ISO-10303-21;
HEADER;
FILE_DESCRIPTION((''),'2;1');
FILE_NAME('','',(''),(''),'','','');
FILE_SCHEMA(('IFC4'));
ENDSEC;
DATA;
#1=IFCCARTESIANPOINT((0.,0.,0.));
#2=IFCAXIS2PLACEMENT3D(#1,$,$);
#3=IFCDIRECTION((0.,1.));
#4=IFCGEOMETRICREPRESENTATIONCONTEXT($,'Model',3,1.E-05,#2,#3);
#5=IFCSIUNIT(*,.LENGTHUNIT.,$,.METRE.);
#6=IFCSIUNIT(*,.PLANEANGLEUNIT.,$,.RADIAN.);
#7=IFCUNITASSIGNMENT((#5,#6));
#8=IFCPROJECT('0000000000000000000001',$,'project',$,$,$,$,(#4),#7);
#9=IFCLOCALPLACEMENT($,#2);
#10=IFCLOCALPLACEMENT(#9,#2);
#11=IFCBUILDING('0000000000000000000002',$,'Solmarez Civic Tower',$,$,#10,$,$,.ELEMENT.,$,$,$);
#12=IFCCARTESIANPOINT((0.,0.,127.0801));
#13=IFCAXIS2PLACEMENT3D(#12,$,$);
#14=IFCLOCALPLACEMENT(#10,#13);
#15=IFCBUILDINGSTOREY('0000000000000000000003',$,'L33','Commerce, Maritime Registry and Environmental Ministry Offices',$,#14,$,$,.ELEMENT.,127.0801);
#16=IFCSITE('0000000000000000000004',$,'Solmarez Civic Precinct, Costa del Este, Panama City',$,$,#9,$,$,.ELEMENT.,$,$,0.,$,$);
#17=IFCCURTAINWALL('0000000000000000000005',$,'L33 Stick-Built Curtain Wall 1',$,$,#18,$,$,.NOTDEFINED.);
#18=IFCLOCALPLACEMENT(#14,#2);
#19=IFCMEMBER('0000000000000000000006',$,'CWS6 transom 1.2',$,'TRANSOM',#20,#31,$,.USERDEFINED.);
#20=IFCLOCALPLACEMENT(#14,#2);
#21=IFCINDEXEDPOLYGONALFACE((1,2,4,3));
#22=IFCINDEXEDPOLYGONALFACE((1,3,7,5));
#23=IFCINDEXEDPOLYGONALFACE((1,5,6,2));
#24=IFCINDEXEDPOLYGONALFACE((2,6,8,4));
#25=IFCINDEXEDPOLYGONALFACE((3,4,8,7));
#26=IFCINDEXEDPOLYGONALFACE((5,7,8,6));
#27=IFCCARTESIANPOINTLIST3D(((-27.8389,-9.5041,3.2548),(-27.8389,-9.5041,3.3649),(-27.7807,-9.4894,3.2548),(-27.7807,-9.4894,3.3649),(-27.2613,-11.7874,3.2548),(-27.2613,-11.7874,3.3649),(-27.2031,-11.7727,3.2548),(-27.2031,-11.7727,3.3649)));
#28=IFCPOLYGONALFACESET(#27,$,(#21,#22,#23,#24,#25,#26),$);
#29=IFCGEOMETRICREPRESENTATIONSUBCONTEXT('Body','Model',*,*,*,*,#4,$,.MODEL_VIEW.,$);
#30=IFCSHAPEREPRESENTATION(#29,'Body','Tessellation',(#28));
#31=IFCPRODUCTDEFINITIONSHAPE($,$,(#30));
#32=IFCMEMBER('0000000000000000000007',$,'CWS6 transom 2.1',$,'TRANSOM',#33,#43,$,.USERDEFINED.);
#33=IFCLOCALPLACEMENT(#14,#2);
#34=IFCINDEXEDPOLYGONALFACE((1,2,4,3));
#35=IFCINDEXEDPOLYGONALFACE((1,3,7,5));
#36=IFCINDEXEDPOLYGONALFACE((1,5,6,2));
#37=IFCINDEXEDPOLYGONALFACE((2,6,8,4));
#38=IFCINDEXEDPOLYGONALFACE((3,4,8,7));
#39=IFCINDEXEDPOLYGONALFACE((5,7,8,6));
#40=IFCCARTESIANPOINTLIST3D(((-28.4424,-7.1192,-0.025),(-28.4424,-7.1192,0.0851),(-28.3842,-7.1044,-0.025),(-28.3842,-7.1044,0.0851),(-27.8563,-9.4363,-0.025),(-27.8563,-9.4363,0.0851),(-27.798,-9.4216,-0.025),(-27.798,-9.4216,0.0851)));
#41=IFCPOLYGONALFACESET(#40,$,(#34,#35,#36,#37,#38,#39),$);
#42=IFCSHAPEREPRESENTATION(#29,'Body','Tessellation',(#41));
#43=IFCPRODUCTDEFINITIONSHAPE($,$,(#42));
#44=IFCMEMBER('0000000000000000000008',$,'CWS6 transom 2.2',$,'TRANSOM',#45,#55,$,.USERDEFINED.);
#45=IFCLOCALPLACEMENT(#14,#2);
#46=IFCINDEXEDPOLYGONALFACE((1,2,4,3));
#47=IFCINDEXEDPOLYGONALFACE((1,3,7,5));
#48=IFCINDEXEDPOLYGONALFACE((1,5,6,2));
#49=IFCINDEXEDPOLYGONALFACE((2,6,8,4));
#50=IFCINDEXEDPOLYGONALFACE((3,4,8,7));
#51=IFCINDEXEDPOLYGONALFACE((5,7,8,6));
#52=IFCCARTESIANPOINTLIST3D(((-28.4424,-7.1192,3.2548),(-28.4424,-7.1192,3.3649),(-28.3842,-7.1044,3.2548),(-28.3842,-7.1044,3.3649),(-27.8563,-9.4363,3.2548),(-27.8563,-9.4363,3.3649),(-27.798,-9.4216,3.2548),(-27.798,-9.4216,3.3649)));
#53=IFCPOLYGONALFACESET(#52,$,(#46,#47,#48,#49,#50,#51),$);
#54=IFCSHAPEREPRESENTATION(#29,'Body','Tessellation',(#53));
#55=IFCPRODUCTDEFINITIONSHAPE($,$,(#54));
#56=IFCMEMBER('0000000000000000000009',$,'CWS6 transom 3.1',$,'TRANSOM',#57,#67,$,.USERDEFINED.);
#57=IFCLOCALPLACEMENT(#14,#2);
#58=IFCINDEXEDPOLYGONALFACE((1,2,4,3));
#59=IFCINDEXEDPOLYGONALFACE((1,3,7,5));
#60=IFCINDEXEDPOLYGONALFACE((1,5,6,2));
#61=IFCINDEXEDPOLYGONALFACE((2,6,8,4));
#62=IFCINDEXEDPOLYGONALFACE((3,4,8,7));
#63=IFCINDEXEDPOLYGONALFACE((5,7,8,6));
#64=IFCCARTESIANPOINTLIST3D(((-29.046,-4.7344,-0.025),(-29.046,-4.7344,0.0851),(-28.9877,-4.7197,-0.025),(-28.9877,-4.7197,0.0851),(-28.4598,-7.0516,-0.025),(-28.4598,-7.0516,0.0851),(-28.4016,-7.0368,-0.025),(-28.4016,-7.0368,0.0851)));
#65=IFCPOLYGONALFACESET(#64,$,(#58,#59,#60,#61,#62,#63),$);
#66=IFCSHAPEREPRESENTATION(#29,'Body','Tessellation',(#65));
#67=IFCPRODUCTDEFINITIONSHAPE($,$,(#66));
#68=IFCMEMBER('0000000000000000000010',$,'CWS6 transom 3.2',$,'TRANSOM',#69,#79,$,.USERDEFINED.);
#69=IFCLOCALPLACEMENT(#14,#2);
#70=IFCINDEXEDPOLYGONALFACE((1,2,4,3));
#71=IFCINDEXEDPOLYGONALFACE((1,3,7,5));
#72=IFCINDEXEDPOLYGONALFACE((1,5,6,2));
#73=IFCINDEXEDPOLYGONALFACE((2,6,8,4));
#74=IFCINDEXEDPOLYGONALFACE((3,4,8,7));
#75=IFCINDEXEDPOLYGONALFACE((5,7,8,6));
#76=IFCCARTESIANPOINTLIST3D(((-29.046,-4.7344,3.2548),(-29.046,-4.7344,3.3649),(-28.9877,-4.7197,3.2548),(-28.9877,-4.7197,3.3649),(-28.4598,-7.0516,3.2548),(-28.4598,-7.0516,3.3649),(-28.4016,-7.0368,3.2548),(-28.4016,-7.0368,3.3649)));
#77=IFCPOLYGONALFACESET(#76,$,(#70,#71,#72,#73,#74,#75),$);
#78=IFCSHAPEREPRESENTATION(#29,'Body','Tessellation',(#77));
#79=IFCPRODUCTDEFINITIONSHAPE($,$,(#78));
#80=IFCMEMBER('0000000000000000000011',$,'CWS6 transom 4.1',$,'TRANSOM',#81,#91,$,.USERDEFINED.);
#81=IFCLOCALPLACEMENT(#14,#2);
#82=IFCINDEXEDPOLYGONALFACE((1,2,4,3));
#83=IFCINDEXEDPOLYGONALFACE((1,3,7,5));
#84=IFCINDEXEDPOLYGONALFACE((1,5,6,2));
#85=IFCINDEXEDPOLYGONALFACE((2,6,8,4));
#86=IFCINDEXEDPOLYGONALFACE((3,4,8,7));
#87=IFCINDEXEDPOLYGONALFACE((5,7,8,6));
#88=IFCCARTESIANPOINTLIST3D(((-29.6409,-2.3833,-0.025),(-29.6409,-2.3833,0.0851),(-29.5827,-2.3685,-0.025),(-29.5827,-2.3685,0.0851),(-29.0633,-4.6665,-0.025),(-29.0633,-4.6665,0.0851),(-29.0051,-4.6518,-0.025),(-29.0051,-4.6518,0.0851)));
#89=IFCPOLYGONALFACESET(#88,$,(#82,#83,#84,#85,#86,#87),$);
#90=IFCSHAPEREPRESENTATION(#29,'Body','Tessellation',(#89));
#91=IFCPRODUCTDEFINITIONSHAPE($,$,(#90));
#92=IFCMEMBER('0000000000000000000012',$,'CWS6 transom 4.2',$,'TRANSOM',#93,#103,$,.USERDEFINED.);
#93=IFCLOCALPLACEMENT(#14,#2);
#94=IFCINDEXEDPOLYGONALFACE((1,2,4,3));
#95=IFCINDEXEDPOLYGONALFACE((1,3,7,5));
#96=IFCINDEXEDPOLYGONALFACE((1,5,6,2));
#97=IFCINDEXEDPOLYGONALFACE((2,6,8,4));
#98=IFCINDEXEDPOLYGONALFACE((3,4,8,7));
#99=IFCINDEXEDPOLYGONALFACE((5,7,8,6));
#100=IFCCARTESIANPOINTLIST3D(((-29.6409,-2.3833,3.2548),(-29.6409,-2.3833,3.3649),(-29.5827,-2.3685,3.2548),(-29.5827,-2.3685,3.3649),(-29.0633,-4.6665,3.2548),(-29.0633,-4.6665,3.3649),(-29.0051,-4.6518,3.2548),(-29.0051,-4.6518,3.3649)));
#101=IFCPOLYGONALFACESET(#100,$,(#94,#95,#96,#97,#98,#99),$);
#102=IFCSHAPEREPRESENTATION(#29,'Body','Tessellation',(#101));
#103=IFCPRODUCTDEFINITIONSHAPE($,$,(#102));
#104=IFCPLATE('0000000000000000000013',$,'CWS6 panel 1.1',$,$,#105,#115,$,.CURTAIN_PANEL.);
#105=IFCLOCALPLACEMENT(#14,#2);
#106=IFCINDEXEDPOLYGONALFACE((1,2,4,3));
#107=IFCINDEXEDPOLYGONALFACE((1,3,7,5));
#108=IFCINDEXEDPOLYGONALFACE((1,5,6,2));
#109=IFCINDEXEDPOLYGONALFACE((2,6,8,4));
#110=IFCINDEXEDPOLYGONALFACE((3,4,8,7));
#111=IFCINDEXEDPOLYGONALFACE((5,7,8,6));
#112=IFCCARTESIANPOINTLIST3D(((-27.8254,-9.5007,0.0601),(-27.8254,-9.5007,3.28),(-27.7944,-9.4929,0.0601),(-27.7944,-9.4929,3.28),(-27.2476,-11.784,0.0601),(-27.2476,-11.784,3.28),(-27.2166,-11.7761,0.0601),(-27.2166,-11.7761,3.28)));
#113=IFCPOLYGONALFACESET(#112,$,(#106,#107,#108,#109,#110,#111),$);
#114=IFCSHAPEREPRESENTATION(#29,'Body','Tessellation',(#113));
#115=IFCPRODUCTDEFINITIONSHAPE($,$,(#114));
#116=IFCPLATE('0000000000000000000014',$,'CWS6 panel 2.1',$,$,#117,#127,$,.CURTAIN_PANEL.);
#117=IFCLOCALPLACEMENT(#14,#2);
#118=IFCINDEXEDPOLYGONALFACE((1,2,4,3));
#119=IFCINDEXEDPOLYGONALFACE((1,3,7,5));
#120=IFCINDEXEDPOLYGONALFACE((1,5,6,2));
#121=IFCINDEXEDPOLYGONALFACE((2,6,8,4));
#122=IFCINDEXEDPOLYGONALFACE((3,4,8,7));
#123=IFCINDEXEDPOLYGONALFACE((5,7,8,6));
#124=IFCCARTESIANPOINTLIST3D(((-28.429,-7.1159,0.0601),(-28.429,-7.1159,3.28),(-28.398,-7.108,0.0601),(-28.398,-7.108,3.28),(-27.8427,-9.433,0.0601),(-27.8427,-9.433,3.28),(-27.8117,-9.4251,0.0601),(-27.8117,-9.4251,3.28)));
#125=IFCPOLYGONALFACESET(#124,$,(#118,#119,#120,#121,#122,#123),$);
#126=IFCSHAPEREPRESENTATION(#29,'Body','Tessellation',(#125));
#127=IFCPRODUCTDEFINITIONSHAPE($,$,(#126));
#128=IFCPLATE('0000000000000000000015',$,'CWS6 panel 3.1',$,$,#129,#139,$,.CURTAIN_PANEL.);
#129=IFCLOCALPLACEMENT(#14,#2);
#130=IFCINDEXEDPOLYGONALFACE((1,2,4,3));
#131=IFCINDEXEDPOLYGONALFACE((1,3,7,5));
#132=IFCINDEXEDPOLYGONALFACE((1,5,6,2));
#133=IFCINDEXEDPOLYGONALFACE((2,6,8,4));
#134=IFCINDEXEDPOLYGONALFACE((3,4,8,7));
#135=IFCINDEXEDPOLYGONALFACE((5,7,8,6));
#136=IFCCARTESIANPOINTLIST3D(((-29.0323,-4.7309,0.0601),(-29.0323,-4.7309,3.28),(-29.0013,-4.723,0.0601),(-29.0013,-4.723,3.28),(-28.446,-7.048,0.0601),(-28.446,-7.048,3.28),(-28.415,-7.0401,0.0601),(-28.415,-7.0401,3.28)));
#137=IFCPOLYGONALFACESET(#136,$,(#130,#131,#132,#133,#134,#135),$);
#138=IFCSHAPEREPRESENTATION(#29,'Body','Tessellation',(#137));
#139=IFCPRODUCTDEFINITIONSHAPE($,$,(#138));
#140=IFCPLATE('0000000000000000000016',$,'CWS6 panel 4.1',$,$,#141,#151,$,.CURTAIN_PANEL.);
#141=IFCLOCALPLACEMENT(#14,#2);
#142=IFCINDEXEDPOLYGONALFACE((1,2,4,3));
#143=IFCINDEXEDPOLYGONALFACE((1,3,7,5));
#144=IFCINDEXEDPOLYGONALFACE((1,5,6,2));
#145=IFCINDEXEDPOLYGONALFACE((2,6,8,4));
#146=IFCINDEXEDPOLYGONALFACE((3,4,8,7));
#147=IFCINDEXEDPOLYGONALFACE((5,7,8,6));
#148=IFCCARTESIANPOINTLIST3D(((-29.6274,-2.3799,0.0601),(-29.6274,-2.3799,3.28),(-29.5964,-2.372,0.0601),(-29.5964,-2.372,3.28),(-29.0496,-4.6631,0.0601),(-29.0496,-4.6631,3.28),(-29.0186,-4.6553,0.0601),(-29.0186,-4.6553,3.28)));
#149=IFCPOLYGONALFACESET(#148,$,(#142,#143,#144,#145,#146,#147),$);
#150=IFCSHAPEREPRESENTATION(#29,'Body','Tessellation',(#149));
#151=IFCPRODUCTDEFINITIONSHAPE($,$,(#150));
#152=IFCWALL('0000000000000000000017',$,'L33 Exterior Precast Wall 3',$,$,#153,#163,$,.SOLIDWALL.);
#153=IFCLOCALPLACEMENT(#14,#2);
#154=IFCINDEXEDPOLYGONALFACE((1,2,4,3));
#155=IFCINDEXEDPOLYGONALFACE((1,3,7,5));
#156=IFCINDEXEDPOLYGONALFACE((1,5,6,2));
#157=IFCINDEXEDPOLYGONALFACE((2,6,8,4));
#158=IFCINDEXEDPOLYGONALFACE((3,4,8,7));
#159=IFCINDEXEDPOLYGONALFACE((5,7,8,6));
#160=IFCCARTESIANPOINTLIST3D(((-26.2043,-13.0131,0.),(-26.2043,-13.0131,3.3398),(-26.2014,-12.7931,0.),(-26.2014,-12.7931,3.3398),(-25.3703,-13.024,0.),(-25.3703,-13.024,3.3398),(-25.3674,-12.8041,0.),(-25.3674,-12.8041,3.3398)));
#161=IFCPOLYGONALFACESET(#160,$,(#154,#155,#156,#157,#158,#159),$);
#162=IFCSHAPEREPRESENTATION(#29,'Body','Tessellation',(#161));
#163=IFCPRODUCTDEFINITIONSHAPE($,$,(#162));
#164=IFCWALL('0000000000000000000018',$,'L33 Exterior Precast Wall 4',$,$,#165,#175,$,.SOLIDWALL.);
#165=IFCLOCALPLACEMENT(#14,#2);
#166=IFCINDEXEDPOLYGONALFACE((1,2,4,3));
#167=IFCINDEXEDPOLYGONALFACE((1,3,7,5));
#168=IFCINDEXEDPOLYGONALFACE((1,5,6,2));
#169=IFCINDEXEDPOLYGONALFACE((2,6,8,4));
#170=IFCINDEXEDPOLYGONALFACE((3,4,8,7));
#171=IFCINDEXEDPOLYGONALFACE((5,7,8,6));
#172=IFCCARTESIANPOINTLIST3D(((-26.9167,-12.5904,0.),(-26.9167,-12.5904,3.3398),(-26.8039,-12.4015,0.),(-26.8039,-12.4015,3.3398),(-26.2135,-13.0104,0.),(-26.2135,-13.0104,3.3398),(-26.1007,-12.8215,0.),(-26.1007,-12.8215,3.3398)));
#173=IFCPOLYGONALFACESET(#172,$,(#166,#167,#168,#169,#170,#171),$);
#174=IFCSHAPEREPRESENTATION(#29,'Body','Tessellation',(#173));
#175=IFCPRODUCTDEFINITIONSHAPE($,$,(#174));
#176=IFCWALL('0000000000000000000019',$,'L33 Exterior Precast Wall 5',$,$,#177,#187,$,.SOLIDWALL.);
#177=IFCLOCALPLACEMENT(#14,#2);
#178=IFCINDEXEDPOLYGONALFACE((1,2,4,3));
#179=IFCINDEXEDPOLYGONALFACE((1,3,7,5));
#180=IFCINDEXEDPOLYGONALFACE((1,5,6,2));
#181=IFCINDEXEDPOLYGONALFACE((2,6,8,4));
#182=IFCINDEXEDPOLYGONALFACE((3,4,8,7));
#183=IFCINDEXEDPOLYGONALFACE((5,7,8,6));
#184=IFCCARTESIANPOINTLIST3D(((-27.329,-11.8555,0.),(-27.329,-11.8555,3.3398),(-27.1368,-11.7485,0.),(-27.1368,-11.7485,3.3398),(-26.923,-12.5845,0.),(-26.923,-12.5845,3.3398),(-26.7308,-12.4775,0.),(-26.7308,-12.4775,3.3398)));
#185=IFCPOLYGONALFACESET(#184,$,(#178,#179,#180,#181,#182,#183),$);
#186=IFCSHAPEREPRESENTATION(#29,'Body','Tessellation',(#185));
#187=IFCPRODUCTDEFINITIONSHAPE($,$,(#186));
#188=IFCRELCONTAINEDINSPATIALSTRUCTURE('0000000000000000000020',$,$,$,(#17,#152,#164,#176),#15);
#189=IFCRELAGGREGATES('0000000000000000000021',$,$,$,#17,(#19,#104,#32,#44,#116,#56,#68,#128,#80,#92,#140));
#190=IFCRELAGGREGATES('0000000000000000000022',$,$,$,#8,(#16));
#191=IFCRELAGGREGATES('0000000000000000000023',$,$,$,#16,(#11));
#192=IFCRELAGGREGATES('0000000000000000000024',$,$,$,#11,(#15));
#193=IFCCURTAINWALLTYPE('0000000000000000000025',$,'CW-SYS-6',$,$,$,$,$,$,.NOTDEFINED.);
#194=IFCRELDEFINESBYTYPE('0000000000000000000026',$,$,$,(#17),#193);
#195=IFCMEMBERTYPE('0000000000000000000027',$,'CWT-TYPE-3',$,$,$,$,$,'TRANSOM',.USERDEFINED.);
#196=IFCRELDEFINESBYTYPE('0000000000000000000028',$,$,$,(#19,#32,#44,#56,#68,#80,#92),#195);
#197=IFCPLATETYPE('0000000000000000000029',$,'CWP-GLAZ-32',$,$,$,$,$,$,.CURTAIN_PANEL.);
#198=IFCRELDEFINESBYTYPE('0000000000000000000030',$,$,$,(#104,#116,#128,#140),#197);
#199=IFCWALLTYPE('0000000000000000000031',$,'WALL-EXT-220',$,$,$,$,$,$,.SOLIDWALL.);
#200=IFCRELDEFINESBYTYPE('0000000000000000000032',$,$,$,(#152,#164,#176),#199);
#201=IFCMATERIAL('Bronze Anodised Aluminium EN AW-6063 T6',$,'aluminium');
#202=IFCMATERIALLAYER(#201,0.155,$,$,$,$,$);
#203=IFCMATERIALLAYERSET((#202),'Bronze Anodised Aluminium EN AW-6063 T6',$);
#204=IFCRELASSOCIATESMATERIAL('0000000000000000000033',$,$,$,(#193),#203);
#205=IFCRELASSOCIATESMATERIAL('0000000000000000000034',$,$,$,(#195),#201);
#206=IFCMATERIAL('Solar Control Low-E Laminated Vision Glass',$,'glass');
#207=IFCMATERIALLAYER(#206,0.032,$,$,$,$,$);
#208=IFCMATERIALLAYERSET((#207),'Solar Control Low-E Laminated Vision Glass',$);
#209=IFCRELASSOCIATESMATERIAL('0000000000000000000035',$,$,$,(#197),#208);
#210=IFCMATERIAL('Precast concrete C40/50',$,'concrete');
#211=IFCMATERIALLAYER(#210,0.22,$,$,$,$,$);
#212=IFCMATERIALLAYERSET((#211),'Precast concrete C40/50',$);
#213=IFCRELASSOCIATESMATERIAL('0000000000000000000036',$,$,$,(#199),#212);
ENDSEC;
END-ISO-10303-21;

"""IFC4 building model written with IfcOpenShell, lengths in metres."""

from ifc_helpers import new_model, si_unit, direction, frame, frame_2d, origin, origin_2d, place, context, subcontext, project, spatial, rectangle, extrude, material, layer, layer_set, material_profile, profile_set, type_object, element, aggregate, save


model = new_model("IFC4")

# Units and contexts
model_context = context("Model", 3, precision=1e-05, world=origin(), true_north=direction((0.0, 1.0)))
body_context = subcontext(model_context, "Body", "Model", "MODEL_VIEW")
ifc_project = project(units=[si_unit("LENGTHUNIT", "METRE"), si_unit("PLANEANGLEUNIT", "RADIAN")], contexts=[model_context])

# Site, building, storey
site_placement = place(None, origin())
site = spatial("IfcSite", under=ifc_project, at=site_placement, Name="Solmarez Civic Precinct, Costa del Este, Panama City", CompositionType="ELEMENT", RefElevation=0.0)
building_placement = place(site_placement, origin())
building = spatial("IfcBuilding", under=site, at=building_placement, Name="Solmarez Civic Tower", CompositionType="ELEMENT")
storey_placement = place(building_placement, frame((0.0, 0.0, 127.0801)))
storey = spatial("IfcBuildingStorey", under=building, at=storey_placement, Name="L33", Description="Commerce, Maritime Registry and Environmental Ministry Offices", CompositionType="ELEMENT", Elevation=127.0801)

# Curtain wall, members, plates
ifc_material_1 = material(Name="Bronze Anodised Aluminium EN AW-6063 T6", Category="aluminium")
ifc_layer_1 = layer(ifc_material_1, 0.155)
ifc_layer_set_1 = layer_set([ifc_layer_1], Name="Bronze Anodised Aluminium EN AW-6063 T6")
curtain_wall_type = type_object("IfcCurtainWallType", Name="CW-SYS-6", PredefinedType="NOTDEFINED", material=ifc_layer_set_1)
curtain_wall_placement = place(storey_placement, origin())
curtain_wall = element("IfcCurtainWall", 1, at=curtain_wall_placement, inside=storey, type_object=curtain_wall_type, Name="L33 Stick-Built Curtain Wall 1", PredefinedType="NOTDEFINED")
ifc_material_profile_1 = material_profile(ifc_material_1, rectangle(XDim=0.0601, YDim=0.1101, at=origin_2d()), Name="CWT-60X110")
ifc_profile_set_1 = profile_set([ifc_material_profile_1], Name="Bronze Anodised Aluminium EN AW-6063 T6")
member_type_1 = type_object("IfcMemberType", Name="CWT-TYPE-3", ElementType="TRANSOM", PredefinedType="USERDEFINED", material=ifc_profile_set_1)
member_1_placement = place(storey_placement, frame((-27.2322, -11.78, 3.3098), z_axis=(-0.245266, 0.969456, 0.0), x_axis=(-0.969456, -0.245266, 0.0)))
member_1 = element("IfcMember", 2, at=member_1_placement, type_object=member_type_1, Name="CWS6 transom 1.2", ObjectType="TRANSOM", PredefinedType="USERDEFINED", context=body_context, shape_type="SweptSolid", body=[
    extrude(rectangle(XDim=0.0601, YDim=0.1101, at=origin_2d()), origin(), (0.0, 0.0, 1.0), 2.3552),
])
member_2_placement = place(storey_placement, frame((-27.8271, -9.429, 0.03), z_axis=(-0.245251, 0.96946, 0.0), x_axis=(-0.96946, -0.245251, 0.0)))
member_2 = element("IfcMember", 3, at=member_2_placement, type_object=member_type_1, Name="CWS6 transom 2.1", ObjectType="TRANSOM", PredefinedType="USERDEFINED", context=body_context, shape_type="SweptSolid", body=[
    extrude(rectangle(XDim=0.0601, YDim=0.1101, at=origin_2d()), origin(), (0.0, 0.0, 1.0), 2.3901),
])
member_3_placement = place(storey_placement, frame((-27.8271, -9.429, 3.3098), z_axis=(-0.245251, 0.96946, 0.0), x_axis=(-0.96946, -0.245251, 0.0)))
member_3 = element("IfcMember", 4, at=member_3_placement, type_object=member_type_1, Name="CWS6 transom 2.2", ObjectType="TRANSOM", PredefinedType="USERDEFINED", context=body_context, shape_type="SweptSolid", body=[
    extrude(rectangle(XDim=0.0601, YDim=0.1101, at=origin_2d()), origin(), (0.0, 0.0, 1.0), 2.3901),
])
member_4_placement = place(storey_placement, frame((-28.4307, -7.0442, 0.03), z_axis=(-0.245251, 0.96946, 0.0), x_axis=(-0.96946, -0.245251, 0.0)))
member_4 = element("IfcMember", 5, at=member_4_placement, type_object=member_type_1, Name="CWS6 transom 3.1", ObjectType="TRANSOM", PredefinedType="USERDEFINED", context=body_context, shape_type="SweptSolid", body=[
    extrude(rectangle(XDim=0.0601, YDim=0.1101, at=origin_2d()), origin(), (0.0, 0.0, 1.0), 2.3901),
])
member_5_placement = place(storey_placement, frame((-28.4307, -7.0442, 3.3098), z_axis=(-0.245251, 0.96946, 0.0), x_axis=(-0.96946, -0.245251, 0.0)))
member_5 = element("IfcMember", 6, at=member_5_placement, type_object=member_type_1, Name="CWS6 transom 3.2", ObjectType="TRANSOM", PredefinedType="USERDEFINED", context=body_context, shape_type="SweptSolid", body=[
    extrude(rectangle(XDim=0.0601, YDim=0.1101, at=origin_2d()), origin(), (0.0, 0.0, 1.0), 2.3901),
])
member_6_placement = place(storey_placement, frame((-29.0342, -4.6592, 0.03), z_axis=(-0.245266, 0.969456, 0.0), x_axis=(-0.969456, -0.245266, 0.0)))
member_6 = element("IfcMember", 7, at=member_6_placement, type_object=member_type_1, Name="CWS6 transom 4.1", ObjectType="TRANSOM", PredefinedType="USERDEFINED", context=body_context, shape_type="SweptSolid", body=[
    extrude(rectangle(XDim=0.0601, YDim=0.1101, at=origin_2d()), origin(), (0.0, 0.0, 1.0), 2.3552),
])
member_7_placement = place(storey_placement, frame((-29.0342, -4.6592, 3.3098), z_axis=(-0.245266, 0.969456, 0.0), x_axis=(-0.969456, -0.245266, 0.0)))
member_7 = element("IfcMember", 8, at=member_7_placement, type_object=member_type_1, Name="CWS6 transom 4.2", ObjectType="TRANSOM", PredefinedType="USERDEFINED", context=body_context, shape_type="SweptSolid", body=[
    extrude(rectangle(XDim=0.0601, YDim=0.1101, at=origin_2d()), origin(), (0.0, 0.0, 1.0), 2.3552),
])
ifc_material_2 = material(Name="Solar Control Low-E Laminated Vision Glass", Category="glass")
ifc_layer_2 = layer(ifc_material_2, 0.032)
ifc_layer_set_2 = layer_set([ifc_layer_2], Name="Solar Control Low-E Laminated Vision Glass")
plate_type = type_object("IfcPlateType", Name="CWP-GLAZ-32", PredefinedType="CURTAIN_PANEL", material=ifc_layer_set_2)
plate_1_placement = place(storey_placement, frame((-27.521, -10.6384, 0.0601), z_axis=(0.0, 0.0, 1.0), x_axis=(-0.245308, 0.969445, 0.0)))
plate_1 = element("IfcPlate", 9, at=plate_1_placement, type_object=plate_type, Name="CWS6 panel 1.1", PredefinedType="CURTAIN_PANEL", context=body_context, shape_type="SweptSolid", body=[
    extrude(rectangle(XDim=2.3552, YDim=0.032, at=origin_2d()), origin(), (0.0, 0.0, 1.0), 3.22),
])
plate_2_placement = place(storey_placement, frame((-28.1204, -8.2705, 0.0601), z_axis=(0.0, 0.0, 1.0), x_axis=(-0.245308, 0.969445, 0.0)))
plate_2 = element("IfcPlate", 10, at=plate_2_placement, type_object=plate_type, Name="CWS6 panel 2.1", PredefinedType="CURTAIN_PANEL", context=body_context, shape_type="SweptSolid", body=[
    extrude(rectangle(XDim=2.3901, YDim=0.032, at=origin_2d()), origin(), (0.0, 0.0, 1.0), 3.22),
])
plate_3_placement = place(storey_placement, frame((-28.7236, -5.8855, 0.0601), z_axis=(0.0, 0.0, 1.0), x_axis=(-0.245308, 0.969445, 0.0)))
plate_3 = element("IfcPlate", 11, at=plate_3_placement, type_object=plate_type, Name="CWS6 panel 3.1", PredefinedType="CURTAIN_PANEL", context=body_context, shape_type="SweptSolid", body=[
    extrude(rectangle(XDim=2.3901, YDim=0.032, at=origin_2d()), origin(), (0.0, 0.0, 1.0), 3.22),
])
plate_4_placement = place(storey_placement, frame((-29.323, -3.5176, 0.0601), z_axis=(0.0, 0.0, 1.0), x_axis=(-0.245308, 0.969445, 0.0)))
plate_4 = element("IfcPlate", 12, at=plate_4_placement, type_object=plate_type, Name="CWS6 panel 4.1", PredefinedType="CURTAIN_PANEL", context=body_context, shape_type="SweptSolid", body=[
    extrude(rectangle(XDim=2.3552, YDim=0.032, at=origin_2d()), origin(), (0.0, 0.0, 1.0), 3.22),
])
aggregate(curtain_wall, [member_1, plate_1, member_2, member_3, plate_2, member_4, member_5, plate_3, member_6, member_7, plate_4])

# Walls
ifc_material_3 = material(Name="Precast concrete C40/50", Category="concrete")
ifc_layer_3 = layer(ifc_material_3, 0.22)
ifc_layer_set_3 = layer_set([ifc_layer_3], Name="Precast concrete C40/50")
wall_type_1 = type_object("IfcWallType", Name="WALL-EXT-220", PredefinedType="SOLIDWALL", material=ifc_layer_set_3)
wall_1_placement = place(storey_placement, frame((-25.3689, -12.9141, 0.0), z_axis=(0.0, 0.0, 1.0), x_axis=(-0.999913, 0.013172, 0.0)))
element("IfcWall", 13, at=wall_1_placement, inside=storey, type_object=wall_type_1, Name="L33 Exterior Precast Wall 3", PredefinedType="SOLIDWALL", context=body_context, shape_type="SweptSolid", body=[
    extrude(rectangle(XDim=0.834, YDim=0.22, at=frame_2d((0.417, 0.0))), origin(), (0.0, 0.0, 1.0), 3.3398),
])
wall_2_placement = place(storey_placement, frame((-26.157, -12.916, 0.0), z_axis=(0.0, 0.0, 1.0), x_axis=(-0.858543, 0.512741, 0.0)))
element("IfcWall", 14, at=wall_2_placement, inside=storey, type_object=wall_type_1, Name="L33 Exterior Precast Wall 4", PredefinedType="SOLIDWALL", context=body_context, shape_type="SweptSolid", body=[
    extrude(rectangle(XDim=0.8191, YDim=0.22, at=frame_2d((0.4097, 0.0))), origin(), (0.0, 0.0, 1.0), 3.3398),
])
wall_3_placement = place(storey_placement, frame((-26.8269, -12.531, 0.0), z_axis=(0.0, 0.0, 1.0), x_axis=(-0.486562, 0.873646, 0.0)))
element("IfcWall", 15, at=wall_3_placement, inside=storey, type_object=wall_type_1, Name="L33 Exterior Precast Wall 5", PredefinedType="SOLIDWALL", context=body_context, shape_type="SweptSolid", body=[
    extrude(rectangle(XDim=0.8345, YDim=0.22, at=frame_2d((0.4172, 0.0))), origin(), (0.0, 0.0, 1.0), 3.3398),
])

save(model, "model.ifc")
